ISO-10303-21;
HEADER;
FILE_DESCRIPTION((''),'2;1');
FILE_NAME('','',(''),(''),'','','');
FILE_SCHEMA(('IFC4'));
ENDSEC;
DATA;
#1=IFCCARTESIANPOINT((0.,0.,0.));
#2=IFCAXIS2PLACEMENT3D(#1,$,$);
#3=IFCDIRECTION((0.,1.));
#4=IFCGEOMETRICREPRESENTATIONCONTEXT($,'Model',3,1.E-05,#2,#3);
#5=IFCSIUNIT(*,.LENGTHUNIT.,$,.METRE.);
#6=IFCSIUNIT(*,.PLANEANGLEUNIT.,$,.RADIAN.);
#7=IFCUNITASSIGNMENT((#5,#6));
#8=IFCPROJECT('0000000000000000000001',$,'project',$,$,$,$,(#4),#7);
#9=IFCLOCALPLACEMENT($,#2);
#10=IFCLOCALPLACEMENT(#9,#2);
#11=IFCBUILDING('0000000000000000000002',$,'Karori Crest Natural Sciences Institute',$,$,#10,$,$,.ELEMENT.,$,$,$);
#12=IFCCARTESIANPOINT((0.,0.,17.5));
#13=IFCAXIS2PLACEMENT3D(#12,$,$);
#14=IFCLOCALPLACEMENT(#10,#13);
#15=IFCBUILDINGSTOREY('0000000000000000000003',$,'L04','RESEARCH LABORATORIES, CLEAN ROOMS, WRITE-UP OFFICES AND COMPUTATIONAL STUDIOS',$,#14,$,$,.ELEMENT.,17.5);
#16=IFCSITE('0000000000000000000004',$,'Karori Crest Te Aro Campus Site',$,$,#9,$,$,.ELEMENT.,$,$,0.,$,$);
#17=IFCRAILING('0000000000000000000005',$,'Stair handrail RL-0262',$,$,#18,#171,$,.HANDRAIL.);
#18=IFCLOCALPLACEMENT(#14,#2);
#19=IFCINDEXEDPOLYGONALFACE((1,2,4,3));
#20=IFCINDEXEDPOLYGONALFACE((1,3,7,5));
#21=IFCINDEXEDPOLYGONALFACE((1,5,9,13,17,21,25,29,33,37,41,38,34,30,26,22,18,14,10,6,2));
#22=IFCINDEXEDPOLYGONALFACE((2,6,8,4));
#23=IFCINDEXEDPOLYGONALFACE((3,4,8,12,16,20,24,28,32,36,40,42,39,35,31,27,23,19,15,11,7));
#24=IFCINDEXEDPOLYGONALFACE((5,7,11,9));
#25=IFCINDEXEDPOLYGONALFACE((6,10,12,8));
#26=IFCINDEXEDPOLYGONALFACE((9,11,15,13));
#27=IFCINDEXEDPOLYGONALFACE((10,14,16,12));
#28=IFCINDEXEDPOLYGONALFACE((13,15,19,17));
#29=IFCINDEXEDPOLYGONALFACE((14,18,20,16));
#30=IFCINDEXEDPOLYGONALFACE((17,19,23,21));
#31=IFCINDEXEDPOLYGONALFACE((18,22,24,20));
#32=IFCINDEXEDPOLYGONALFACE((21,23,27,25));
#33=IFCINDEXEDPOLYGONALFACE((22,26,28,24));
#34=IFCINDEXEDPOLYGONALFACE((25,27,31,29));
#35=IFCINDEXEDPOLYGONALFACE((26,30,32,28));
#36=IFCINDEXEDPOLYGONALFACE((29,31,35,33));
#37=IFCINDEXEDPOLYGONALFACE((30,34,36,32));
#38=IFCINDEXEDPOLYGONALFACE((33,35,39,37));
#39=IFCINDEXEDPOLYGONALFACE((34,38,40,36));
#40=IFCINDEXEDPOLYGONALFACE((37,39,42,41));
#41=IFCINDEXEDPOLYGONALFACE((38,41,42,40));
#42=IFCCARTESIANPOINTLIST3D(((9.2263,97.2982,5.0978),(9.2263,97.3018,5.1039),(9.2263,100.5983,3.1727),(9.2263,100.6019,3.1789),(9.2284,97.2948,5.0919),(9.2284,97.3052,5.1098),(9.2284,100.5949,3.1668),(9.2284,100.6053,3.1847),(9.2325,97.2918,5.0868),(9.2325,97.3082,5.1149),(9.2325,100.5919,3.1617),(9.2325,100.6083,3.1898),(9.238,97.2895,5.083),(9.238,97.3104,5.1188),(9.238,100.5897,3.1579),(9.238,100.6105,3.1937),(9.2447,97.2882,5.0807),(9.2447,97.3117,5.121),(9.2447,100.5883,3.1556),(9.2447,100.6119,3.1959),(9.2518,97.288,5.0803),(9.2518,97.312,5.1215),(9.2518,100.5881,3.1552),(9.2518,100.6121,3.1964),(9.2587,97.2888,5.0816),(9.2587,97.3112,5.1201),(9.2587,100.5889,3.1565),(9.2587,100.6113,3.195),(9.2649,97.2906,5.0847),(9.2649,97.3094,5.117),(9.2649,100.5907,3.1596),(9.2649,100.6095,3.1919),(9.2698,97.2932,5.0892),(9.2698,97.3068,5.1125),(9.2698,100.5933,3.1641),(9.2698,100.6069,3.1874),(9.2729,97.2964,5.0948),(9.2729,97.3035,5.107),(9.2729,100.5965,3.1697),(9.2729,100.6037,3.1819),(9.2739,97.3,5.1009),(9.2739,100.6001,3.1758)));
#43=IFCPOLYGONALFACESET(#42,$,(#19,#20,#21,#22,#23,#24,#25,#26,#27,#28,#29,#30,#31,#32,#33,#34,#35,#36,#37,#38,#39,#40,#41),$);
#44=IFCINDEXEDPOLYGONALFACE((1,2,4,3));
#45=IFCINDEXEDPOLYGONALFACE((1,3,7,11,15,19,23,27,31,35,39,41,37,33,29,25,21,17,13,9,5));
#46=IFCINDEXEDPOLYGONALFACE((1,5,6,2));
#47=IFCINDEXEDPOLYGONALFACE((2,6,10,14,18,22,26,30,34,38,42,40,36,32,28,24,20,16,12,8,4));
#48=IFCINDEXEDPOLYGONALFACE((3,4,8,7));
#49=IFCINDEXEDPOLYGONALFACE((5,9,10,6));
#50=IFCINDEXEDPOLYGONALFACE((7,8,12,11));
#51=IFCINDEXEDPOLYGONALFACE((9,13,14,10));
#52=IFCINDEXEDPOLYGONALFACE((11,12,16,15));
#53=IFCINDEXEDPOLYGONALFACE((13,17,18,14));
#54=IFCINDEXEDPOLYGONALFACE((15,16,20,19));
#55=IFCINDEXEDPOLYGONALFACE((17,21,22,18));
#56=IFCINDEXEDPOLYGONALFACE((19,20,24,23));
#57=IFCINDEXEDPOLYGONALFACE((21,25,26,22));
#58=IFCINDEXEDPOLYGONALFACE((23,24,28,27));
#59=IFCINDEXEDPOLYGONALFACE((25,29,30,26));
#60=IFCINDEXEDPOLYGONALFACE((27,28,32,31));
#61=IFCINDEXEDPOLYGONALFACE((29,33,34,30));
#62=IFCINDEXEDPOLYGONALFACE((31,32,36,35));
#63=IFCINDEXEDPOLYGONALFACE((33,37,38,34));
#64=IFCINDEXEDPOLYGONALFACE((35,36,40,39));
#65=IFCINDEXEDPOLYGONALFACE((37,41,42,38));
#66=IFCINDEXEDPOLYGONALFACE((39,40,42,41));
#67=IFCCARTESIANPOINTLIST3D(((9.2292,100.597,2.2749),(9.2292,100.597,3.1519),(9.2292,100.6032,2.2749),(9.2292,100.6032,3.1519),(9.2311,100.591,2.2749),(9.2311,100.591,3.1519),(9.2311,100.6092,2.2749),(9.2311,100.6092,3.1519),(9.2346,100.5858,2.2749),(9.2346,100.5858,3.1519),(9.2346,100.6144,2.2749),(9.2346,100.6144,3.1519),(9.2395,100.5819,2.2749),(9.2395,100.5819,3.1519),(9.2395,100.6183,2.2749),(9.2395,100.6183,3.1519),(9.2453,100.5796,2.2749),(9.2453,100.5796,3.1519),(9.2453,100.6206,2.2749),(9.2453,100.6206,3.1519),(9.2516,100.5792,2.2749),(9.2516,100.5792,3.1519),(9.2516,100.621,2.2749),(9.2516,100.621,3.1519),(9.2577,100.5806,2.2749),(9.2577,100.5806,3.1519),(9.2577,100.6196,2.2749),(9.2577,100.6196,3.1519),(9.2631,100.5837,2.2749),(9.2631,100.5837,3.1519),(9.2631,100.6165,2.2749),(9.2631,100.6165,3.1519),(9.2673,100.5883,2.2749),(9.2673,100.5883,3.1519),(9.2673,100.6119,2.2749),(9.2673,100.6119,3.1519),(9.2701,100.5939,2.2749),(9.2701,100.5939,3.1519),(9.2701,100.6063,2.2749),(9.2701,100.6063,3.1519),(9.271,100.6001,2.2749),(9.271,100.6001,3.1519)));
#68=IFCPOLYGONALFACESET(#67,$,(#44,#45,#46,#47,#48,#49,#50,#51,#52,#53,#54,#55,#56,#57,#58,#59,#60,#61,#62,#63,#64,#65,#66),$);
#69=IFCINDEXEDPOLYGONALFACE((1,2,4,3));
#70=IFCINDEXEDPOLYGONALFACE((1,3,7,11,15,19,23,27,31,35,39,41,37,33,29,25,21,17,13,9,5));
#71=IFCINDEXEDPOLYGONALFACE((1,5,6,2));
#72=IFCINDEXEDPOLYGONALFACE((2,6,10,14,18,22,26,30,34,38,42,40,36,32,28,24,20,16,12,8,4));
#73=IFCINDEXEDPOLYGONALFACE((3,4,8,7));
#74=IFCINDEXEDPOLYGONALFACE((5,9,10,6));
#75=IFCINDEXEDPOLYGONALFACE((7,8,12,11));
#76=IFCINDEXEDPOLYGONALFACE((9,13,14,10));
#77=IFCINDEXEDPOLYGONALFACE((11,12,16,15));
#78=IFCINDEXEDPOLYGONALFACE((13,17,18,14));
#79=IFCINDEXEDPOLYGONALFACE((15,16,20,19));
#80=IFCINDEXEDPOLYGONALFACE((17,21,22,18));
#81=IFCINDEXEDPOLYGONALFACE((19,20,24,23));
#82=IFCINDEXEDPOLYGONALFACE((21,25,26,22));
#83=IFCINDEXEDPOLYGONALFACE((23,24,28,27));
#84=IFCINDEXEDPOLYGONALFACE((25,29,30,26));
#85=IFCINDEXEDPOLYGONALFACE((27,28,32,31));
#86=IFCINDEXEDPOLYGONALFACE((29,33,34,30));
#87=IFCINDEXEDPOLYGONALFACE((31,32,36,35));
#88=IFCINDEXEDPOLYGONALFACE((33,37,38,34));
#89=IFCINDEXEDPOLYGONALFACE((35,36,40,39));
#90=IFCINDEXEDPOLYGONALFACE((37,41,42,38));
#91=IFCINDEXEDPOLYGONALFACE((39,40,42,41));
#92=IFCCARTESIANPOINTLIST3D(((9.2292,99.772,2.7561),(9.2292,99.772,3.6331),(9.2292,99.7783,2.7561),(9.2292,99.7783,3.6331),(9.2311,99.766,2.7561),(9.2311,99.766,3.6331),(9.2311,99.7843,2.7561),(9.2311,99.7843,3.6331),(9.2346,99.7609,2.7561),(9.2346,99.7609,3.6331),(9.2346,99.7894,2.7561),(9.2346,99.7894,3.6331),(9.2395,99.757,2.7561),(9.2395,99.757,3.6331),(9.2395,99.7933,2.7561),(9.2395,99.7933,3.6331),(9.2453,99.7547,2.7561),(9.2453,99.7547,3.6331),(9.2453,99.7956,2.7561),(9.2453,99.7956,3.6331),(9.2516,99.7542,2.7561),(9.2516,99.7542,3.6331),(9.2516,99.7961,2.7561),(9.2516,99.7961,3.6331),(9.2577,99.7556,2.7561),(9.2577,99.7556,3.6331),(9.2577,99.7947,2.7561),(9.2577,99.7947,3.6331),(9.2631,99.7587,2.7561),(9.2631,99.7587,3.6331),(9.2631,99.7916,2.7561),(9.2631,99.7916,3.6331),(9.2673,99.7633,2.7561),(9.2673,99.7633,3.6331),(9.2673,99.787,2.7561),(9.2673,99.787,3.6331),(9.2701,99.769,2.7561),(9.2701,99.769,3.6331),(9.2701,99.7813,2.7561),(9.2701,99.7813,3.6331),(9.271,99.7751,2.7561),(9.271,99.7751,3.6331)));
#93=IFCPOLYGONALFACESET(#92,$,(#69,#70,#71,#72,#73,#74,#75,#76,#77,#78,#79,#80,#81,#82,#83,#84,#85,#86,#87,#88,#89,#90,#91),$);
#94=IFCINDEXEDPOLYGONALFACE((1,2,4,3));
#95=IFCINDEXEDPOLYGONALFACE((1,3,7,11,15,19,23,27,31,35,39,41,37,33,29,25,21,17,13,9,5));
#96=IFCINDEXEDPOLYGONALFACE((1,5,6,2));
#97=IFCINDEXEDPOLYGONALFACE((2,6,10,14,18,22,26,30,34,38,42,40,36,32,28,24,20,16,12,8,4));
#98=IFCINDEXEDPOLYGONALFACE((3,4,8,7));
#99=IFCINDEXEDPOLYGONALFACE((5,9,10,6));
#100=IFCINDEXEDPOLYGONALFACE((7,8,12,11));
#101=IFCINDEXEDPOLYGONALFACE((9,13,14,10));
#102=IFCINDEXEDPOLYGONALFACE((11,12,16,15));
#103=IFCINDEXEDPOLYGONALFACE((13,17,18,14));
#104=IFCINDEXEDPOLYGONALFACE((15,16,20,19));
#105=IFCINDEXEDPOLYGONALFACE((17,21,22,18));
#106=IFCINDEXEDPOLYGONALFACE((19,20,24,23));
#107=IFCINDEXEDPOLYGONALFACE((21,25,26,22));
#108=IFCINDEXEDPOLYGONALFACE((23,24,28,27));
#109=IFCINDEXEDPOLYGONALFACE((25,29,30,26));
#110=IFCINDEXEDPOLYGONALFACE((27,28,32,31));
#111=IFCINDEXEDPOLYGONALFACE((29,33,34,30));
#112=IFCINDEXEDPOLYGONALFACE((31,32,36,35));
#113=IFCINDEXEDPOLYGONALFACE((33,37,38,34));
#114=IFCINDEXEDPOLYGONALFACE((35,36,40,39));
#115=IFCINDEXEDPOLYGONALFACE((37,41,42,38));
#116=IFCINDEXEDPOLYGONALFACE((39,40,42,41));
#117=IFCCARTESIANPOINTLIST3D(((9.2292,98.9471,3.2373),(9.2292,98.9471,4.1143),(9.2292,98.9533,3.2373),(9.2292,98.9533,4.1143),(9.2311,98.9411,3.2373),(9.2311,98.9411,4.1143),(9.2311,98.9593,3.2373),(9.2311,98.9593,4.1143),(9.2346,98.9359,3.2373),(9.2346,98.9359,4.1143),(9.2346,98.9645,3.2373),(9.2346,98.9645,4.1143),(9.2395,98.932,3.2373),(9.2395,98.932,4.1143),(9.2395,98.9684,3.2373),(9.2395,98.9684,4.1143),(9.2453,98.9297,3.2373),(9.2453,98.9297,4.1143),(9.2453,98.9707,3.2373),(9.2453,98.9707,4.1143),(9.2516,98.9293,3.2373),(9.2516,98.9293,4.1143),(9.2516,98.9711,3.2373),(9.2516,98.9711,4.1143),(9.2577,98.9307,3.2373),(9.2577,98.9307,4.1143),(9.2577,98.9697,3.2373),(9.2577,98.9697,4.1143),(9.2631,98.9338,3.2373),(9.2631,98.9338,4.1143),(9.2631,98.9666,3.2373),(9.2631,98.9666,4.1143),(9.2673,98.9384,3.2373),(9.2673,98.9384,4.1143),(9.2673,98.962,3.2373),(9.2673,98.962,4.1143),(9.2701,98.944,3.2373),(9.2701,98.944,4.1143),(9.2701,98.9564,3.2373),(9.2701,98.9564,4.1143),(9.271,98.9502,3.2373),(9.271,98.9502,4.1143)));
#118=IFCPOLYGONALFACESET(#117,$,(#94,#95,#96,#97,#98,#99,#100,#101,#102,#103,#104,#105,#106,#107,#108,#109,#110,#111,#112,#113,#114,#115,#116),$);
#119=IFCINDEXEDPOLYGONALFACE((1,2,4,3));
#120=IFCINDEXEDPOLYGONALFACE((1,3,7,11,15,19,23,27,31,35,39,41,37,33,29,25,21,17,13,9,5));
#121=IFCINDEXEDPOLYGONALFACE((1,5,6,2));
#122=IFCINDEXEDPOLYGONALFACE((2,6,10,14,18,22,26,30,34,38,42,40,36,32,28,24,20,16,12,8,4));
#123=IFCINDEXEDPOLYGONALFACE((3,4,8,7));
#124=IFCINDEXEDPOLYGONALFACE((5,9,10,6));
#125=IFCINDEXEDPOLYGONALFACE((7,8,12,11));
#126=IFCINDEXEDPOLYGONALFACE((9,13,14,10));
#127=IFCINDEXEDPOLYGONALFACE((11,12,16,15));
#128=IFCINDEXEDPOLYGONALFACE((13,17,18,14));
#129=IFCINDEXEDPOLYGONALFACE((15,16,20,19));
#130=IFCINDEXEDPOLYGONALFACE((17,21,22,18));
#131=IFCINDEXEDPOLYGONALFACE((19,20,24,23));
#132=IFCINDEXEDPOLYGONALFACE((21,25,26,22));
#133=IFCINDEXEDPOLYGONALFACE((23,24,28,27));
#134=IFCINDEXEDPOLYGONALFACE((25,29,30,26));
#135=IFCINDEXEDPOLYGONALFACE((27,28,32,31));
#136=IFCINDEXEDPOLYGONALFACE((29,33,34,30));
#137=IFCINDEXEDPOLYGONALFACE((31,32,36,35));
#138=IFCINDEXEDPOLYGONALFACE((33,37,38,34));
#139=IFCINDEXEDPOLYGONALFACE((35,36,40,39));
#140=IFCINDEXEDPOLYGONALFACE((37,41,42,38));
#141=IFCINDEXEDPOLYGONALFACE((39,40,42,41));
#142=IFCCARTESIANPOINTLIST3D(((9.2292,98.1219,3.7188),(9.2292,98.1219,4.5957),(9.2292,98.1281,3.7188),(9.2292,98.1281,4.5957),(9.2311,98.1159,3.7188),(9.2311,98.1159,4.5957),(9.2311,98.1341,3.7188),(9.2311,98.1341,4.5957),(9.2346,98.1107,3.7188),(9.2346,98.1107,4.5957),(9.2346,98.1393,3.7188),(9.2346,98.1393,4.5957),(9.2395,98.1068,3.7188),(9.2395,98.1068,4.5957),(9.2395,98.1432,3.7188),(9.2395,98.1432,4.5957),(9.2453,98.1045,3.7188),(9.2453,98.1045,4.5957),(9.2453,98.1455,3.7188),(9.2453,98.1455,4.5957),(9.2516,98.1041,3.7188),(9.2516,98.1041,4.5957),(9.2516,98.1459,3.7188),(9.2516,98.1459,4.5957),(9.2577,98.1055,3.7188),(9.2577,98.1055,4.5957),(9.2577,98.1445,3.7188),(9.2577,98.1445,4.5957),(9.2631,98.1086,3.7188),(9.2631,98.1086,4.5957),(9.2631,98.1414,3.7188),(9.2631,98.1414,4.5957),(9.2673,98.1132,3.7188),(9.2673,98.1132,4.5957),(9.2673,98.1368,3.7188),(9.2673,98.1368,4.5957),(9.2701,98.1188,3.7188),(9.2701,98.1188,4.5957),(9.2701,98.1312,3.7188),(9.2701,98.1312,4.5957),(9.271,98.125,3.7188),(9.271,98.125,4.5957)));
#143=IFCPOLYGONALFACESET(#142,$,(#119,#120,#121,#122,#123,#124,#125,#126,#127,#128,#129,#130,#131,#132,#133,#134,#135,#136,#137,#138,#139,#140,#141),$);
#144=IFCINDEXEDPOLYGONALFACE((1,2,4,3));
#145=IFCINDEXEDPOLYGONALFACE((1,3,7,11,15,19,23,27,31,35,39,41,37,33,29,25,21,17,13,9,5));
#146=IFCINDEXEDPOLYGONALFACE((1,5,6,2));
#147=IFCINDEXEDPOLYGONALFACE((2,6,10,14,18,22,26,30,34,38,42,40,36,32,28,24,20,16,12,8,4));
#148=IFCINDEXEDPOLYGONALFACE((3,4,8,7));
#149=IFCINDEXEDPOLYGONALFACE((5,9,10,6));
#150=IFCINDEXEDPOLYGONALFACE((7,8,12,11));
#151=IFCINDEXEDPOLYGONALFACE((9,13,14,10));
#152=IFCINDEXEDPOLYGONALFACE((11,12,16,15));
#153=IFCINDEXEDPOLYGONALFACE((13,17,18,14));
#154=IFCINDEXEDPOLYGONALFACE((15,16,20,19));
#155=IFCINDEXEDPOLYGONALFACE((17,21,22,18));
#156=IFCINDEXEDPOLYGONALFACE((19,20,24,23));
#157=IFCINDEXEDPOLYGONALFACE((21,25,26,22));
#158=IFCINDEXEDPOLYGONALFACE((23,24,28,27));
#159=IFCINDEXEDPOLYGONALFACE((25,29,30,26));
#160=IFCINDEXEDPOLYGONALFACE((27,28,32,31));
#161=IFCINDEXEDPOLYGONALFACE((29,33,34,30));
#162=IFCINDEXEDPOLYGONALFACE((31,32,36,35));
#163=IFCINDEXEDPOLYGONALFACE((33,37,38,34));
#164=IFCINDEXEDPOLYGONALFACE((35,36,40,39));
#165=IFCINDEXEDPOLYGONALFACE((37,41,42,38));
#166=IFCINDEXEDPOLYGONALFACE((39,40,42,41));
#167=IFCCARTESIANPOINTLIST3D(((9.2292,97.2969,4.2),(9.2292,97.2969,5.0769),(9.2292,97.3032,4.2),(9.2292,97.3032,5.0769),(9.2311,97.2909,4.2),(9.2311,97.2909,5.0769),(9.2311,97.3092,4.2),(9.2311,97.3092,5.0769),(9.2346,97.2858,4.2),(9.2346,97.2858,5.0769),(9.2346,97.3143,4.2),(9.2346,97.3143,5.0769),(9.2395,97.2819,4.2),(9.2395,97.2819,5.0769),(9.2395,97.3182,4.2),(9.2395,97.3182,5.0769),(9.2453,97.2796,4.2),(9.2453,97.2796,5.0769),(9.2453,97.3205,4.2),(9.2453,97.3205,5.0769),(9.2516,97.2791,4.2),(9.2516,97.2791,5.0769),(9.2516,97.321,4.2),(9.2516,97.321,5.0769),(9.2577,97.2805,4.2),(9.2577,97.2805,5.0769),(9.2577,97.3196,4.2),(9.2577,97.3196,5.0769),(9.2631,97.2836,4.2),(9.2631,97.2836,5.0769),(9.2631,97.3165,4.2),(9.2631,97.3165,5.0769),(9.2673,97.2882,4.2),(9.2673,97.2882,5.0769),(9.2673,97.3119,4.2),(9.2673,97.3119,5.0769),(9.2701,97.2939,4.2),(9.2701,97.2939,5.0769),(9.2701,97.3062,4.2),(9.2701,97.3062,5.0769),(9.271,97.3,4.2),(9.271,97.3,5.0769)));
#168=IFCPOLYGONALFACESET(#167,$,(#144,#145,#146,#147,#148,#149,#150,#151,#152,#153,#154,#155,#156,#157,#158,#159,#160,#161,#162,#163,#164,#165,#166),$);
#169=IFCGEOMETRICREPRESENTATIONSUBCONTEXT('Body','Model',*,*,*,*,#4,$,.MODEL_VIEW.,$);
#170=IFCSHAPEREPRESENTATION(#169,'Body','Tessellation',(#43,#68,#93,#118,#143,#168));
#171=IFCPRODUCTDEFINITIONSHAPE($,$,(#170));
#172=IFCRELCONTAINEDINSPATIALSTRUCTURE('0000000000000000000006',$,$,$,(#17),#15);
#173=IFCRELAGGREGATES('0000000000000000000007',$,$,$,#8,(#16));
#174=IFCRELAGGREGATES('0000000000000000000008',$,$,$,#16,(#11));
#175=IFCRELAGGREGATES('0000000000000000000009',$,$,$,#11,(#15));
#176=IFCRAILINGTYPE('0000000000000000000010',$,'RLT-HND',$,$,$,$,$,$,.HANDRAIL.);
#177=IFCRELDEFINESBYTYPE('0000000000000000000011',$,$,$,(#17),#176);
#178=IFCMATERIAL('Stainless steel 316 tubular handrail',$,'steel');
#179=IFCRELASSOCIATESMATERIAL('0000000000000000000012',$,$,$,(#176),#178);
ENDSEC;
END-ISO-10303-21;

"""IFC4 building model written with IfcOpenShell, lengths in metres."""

from ifc_helpers import new_model, si_unit, direction, frame, origin, origin_2d, place, context, subcontext, project, spatial, circle, extrude, material, type_object, element, save


model = new_model("IFC4")

# Units and contexts
model_context = context("Model", 3, precision=1e-05, world=origin(), true_north=direction((0.0, 1.0)))
body_context = subcontext(model_context, "Body", "Model", "MODEL_VIEW")
ifc_project = project(units=[si_unit("LENGTHUNIT", "METRE"), si_unit("PLANEANGLEUNIT", "RADIAN")], contexts=[model_context])

# Site, building, storey
site_placement = place(None, origin())
site = spatial("IfcSite", under=ifc_project, at=site_placement, Name="Karori Crest Te Aro Campus Site", CompositionType="ELEMENT", RefElevation=0.0)
building_placement = place(site_placement, origin())
building = spatial("IfcBuilding", under=site, at=building_placement, Name="Karori Crest Natural Sciences Institute", CompositionType="ELEMENT")
storey_placement = place(building_placement, frame((0.0, 0.0, 17.5)))
storey = spatial("IfcBuildingStorey", under=building, at=storey_placement, Name="L04", Description="RESEARCH LABORATORIES, CLEAN ROOMS, WRITE-UP OFFICES AND COMPUTATIONAL STUDIOS", CompositionType="ELEMENT", Elevation=17.5)

# Railing
ifc_material_1 = material(Name="Stainless steel 316 tubular handrail", Category="steel")
railing_type_1 = type_object("IfcRailingType", Name="RLT-HND", PredefinedType="HANDRAIL", material=ifc_material_1)
railing_1_placement = place(storey_placement, frame((9.25, 100.6001, 2.2749)))
element("IfcRailing", 1, at=railing_1_placement, inside=storey, type_object=railing_type_1, Name="Stair handrail RL-0262", PredefinedType="HANDRAIL", context=body_context, shape_type="SweptSolid", body=[
    extrude(circle(Radius=0.0239, at=origin_2d()), frame((0.0, 0.0, 0.9009), z_axis=(0.0, -0.863777, 0.503875), x_axis=(1.0, 0.0, 0.0)), (0.0, 0.0, 1.0), 3.8206),
    extrude(circle(Radius=0.021, at=origin_2d()), origin(), (0.0, 0.0, 1.0), 0.877),
    extrude(circle(Radius=0.021, at=origin_2d()), frame((0.0, -0.825, 0.4812)), (0.0, 0.0, 1.0), 0.877),
    extrude(circle(Radius=0.021, at=origin_2d()), frame((0.0, -1.6499, 0.9624)), (0.0, 0.0, 1.0), 0.877),
    extrude(circle(Radius=0.021, at=origin_2d()), frame((0.0, -2.4751, 1.4438)), (0.0, 0.0, 1.0), 0.877),
    extrude(circle(Radius=0.021, at=origin_2d()), frame((0.0, -3.3, 1.925)), (0.0, 0.0, 1.0), 0.877),
])

save(model, "model.ifc")
